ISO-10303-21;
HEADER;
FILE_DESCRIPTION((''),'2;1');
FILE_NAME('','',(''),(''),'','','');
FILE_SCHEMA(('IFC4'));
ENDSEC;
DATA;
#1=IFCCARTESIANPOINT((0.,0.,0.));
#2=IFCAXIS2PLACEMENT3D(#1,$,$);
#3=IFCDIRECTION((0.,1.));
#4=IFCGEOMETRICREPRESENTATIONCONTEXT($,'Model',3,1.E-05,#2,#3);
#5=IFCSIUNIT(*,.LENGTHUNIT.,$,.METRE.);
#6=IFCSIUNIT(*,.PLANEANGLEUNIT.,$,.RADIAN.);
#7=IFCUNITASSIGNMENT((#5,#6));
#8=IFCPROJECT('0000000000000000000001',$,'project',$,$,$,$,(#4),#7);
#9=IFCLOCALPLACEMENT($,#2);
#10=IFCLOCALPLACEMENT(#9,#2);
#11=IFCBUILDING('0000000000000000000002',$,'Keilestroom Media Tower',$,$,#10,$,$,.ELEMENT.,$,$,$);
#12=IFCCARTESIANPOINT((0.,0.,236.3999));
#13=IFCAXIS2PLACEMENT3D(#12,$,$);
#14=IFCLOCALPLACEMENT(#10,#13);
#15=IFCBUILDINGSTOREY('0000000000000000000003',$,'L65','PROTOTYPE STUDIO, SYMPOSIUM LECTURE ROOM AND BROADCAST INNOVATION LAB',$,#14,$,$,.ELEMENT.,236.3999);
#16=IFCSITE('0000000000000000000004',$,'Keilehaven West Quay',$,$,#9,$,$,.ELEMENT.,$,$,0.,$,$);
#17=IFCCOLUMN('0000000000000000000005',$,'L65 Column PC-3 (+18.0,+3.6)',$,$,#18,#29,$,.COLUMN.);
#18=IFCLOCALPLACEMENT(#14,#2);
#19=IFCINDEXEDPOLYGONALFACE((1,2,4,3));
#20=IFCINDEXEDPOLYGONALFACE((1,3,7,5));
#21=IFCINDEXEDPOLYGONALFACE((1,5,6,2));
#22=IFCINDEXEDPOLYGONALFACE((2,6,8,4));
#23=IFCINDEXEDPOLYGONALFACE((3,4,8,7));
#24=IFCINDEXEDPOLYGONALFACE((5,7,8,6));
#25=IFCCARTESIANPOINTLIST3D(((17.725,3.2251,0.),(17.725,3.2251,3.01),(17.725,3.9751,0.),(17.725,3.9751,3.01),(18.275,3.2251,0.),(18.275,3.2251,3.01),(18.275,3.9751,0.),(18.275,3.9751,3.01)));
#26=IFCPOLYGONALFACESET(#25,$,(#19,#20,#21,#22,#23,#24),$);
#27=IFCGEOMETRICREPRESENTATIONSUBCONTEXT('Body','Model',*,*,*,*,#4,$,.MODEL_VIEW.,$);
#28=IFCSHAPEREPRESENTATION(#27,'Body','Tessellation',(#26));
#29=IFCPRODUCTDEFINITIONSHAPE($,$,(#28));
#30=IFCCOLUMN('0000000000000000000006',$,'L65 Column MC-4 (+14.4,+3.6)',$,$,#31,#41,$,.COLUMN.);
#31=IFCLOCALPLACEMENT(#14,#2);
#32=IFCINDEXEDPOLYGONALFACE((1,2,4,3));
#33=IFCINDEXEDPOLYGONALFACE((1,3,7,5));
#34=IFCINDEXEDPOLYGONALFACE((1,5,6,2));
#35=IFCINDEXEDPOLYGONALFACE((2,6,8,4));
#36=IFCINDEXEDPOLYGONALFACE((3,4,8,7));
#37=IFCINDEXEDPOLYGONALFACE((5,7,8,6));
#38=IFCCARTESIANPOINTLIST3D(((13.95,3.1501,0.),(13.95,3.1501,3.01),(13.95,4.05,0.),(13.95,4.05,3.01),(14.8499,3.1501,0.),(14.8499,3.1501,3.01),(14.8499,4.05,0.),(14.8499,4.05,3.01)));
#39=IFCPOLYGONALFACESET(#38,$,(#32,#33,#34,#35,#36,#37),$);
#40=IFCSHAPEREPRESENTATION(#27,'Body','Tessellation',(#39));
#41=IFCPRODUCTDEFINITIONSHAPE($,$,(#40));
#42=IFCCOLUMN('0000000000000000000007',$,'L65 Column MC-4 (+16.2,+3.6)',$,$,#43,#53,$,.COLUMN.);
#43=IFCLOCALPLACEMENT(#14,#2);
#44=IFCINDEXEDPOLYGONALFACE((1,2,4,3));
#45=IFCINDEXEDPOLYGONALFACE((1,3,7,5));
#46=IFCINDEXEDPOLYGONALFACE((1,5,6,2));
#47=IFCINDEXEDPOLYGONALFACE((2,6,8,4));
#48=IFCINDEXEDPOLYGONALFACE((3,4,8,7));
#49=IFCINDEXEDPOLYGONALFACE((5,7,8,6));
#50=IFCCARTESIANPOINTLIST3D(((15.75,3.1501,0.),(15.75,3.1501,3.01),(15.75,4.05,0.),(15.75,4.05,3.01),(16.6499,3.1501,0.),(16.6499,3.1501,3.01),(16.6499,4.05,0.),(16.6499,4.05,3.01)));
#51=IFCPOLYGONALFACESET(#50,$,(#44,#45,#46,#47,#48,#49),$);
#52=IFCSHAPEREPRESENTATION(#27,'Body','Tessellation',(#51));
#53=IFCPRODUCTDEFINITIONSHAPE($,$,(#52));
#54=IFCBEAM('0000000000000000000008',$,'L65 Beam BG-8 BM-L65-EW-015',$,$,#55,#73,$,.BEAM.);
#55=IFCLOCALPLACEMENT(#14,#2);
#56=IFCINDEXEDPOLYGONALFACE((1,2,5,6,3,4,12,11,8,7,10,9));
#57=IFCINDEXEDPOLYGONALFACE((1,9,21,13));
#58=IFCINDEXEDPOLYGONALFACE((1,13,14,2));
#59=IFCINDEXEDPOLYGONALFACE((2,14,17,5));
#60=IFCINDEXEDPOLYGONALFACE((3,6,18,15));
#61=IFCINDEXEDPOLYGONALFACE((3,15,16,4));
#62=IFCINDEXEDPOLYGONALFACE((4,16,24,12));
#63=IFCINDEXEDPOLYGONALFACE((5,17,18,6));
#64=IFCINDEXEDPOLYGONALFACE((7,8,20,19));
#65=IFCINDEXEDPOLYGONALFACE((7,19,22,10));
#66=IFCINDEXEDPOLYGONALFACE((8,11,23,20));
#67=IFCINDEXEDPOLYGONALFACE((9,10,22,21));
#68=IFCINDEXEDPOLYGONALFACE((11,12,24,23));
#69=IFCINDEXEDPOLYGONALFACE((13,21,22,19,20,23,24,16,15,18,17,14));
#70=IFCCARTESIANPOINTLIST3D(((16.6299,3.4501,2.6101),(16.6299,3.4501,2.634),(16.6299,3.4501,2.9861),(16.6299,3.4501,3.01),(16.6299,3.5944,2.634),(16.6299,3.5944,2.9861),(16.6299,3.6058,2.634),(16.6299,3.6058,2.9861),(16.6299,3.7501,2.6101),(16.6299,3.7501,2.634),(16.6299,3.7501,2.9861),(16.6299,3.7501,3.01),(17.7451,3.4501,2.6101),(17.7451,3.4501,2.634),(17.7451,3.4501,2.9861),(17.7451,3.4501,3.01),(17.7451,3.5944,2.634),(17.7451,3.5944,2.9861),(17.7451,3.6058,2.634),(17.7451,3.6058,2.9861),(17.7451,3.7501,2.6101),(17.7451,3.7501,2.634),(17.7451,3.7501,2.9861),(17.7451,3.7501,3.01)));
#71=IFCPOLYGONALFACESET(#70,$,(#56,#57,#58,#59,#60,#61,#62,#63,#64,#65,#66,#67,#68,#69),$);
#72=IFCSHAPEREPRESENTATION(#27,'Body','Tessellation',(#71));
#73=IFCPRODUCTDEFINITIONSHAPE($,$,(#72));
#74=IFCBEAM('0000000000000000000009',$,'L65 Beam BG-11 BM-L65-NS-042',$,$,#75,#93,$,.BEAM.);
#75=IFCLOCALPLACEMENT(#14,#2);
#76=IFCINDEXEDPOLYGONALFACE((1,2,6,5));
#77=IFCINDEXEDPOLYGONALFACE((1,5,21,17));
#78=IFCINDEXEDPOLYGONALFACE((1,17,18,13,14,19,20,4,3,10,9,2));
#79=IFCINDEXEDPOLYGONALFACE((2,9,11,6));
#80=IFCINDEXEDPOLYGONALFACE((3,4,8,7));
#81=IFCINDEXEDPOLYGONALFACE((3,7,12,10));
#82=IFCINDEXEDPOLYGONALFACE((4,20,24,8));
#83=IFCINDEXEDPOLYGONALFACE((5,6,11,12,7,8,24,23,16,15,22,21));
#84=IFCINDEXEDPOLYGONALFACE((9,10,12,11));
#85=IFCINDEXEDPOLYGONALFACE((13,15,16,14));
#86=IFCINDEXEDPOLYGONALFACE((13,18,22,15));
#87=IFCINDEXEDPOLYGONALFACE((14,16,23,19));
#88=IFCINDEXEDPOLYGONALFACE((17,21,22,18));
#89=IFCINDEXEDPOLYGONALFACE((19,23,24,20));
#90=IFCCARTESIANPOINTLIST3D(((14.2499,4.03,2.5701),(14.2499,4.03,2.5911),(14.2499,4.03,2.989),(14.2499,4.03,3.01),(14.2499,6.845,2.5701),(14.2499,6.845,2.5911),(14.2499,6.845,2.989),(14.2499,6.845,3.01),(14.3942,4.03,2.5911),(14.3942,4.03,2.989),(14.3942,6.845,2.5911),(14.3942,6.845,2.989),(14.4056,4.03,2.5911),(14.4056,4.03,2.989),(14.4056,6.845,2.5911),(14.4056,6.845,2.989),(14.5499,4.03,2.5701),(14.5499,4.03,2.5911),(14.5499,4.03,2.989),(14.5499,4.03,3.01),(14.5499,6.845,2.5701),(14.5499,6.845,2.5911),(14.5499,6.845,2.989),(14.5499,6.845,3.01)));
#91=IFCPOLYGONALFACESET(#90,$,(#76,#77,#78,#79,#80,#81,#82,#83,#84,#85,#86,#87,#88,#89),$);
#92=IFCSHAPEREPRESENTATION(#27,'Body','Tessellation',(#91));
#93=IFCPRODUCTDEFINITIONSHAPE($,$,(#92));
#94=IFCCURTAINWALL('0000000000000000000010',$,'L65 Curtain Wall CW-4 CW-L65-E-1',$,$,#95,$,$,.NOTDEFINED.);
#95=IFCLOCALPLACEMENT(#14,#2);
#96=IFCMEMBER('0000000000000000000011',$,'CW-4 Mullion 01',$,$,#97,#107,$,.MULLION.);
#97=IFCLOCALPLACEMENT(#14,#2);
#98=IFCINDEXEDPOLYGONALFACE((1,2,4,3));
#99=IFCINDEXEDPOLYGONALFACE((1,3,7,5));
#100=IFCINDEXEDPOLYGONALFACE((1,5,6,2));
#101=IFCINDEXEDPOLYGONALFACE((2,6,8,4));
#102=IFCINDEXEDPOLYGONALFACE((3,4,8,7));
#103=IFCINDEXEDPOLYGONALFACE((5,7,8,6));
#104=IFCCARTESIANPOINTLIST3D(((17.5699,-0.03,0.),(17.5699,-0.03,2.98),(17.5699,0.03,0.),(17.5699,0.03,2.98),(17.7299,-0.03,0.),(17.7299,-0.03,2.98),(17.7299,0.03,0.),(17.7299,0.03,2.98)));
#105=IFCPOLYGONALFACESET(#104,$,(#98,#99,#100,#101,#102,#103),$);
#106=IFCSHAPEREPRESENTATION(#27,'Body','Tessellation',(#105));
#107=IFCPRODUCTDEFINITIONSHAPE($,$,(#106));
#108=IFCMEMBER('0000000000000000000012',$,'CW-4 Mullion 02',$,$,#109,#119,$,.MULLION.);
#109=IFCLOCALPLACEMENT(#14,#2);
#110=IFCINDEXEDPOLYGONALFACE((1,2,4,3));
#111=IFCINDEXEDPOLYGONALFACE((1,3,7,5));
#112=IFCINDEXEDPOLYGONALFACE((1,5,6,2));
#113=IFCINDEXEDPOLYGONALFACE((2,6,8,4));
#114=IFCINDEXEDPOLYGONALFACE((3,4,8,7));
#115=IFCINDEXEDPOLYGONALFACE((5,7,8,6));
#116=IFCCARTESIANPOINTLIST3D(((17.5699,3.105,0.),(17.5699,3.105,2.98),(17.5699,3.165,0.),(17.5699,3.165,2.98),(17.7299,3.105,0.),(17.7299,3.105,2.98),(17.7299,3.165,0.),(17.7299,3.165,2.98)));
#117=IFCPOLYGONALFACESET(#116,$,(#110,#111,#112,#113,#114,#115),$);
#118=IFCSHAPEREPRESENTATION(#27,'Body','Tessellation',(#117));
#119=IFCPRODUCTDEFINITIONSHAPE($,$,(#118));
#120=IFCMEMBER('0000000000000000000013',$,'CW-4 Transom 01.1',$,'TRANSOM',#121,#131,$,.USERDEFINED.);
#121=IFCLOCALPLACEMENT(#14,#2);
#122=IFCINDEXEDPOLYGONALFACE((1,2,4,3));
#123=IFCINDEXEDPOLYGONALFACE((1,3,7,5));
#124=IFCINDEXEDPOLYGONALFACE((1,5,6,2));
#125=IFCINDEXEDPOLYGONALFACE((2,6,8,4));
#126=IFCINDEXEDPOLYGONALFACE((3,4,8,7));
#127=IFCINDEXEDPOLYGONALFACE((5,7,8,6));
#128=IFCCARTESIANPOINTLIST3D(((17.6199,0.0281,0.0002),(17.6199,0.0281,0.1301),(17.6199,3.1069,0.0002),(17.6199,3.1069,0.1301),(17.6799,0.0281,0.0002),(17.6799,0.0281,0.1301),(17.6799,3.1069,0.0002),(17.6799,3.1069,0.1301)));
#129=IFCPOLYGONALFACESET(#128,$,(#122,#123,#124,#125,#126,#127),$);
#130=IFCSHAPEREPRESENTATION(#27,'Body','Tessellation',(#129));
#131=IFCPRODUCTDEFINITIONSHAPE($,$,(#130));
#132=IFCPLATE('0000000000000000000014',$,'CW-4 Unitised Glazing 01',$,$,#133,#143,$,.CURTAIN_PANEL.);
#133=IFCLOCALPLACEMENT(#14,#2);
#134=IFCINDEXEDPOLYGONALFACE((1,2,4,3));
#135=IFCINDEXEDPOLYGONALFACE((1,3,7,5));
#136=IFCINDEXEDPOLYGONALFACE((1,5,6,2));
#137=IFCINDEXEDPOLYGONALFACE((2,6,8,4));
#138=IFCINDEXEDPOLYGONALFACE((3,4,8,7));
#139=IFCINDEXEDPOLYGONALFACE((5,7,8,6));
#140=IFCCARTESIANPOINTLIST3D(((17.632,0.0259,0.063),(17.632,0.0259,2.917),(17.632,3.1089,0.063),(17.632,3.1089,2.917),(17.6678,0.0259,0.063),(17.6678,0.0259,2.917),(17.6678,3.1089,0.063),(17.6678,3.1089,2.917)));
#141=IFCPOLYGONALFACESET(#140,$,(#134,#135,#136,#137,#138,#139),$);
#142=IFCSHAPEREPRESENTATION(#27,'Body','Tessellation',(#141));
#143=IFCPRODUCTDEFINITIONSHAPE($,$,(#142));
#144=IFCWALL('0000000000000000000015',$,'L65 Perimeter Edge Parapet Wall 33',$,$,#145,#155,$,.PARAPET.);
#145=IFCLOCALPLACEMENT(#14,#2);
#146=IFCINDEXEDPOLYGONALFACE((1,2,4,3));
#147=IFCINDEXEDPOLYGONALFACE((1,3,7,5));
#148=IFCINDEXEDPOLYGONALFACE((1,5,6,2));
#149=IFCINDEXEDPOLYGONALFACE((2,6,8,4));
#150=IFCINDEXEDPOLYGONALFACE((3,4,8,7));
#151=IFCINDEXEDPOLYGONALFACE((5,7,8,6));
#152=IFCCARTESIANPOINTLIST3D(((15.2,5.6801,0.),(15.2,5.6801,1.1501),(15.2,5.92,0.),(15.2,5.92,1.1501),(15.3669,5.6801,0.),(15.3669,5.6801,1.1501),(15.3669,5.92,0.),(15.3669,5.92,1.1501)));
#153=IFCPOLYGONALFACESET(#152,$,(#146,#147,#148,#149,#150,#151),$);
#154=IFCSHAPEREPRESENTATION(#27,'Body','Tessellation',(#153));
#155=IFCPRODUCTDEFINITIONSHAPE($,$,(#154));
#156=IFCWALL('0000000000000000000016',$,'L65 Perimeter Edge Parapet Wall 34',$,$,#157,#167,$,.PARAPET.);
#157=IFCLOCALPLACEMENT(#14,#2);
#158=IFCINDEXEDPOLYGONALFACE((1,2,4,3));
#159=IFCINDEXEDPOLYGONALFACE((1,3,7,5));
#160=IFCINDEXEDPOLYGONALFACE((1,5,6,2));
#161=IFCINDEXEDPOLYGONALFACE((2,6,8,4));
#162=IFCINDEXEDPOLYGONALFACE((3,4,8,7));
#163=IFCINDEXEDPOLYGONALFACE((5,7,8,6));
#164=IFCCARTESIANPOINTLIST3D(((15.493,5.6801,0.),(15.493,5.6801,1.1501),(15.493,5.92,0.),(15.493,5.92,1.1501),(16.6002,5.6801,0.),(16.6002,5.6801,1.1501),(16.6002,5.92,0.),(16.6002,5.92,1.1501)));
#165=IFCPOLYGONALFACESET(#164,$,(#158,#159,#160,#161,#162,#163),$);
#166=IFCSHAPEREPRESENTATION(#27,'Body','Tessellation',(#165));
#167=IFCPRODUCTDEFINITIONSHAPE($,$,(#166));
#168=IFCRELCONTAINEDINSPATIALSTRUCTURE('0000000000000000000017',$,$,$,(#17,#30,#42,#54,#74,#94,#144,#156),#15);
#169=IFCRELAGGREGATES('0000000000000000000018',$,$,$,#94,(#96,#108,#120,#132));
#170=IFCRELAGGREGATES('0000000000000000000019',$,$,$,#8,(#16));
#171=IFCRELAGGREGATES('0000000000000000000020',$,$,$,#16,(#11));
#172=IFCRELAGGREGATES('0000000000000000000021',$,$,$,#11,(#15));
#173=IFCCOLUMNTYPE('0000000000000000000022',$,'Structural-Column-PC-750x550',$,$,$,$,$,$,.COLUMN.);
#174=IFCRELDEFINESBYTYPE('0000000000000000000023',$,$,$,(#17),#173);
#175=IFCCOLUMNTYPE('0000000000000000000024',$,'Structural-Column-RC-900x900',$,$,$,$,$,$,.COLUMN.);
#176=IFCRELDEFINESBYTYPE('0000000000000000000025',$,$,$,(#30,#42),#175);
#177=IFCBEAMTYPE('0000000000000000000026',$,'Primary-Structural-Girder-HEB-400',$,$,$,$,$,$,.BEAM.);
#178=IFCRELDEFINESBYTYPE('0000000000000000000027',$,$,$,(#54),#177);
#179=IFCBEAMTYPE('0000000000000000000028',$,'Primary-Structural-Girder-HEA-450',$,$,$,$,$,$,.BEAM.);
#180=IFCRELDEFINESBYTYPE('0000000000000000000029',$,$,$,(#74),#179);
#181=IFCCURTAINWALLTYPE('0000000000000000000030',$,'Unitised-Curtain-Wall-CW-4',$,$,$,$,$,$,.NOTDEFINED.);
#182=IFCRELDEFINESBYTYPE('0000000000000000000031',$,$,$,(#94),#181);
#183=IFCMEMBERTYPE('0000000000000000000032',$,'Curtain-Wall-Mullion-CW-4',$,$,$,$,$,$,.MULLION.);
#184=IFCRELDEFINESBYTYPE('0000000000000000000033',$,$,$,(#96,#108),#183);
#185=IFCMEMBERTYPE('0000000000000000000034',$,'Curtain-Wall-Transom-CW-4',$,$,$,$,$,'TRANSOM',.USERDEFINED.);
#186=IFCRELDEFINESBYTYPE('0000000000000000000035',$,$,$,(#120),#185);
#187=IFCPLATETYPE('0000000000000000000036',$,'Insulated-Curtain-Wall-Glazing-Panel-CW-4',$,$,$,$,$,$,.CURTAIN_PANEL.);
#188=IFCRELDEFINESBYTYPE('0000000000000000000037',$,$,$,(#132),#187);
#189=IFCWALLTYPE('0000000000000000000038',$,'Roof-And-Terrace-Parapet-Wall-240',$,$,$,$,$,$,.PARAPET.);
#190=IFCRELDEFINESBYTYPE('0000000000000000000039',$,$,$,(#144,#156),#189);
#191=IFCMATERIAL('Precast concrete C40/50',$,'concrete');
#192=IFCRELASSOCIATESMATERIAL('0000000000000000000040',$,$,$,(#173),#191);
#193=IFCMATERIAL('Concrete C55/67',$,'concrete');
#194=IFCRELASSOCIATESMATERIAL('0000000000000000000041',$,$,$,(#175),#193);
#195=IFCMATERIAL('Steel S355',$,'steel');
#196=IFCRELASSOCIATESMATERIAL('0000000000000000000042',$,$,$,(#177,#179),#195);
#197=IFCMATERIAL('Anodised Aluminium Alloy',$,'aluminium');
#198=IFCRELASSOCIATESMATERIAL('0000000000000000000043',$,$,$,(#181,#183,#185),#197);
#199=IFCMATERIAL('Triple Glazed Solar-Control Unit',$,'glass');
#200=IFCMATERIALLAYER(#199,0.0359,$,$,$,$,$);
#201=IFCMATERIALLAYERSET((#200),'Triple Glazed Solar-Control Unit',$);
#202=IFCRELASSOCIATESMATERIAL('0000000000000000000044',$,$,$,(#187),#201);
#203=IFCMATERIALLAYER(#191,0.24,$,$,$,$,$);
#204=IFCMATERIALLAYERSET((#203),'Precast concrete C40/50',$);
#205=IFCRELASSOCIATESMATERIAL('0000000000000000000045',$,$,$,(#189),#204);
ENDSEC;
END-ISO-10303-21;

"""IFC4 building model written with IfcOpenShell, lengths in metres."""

from ifc_helpers import new_model, si_unit, direction, frame, frame_2d, origin, origin_2d, place, context, subcontext, project, spatial, rectangle, i_section, extrude, source, transform, mapped, material, layer, layer_set, material_profile, profile_set, type_object, element, aggregate, save


model = new_model("IFC4")

# Units and contexts
model_context = context("Model", 3, precision=1e-05, world=origin(), true_north=direction((0.0, 1.0)))
body_context = subcontext(model_context, "Body", "Model", "MODEL_VIEW")
ifc_project = project(units=[si_unit("LENGTHUNIT", "METRE"), si_unit("PLANEANGLEUNIT", "RADIAN")], contexts=[model_context])

# Site, building, storey
site_placement = place(None, origin())
site = spatial("IfcSite", under=ifc_project, at=site_placement, Name="Keilehaven West Quay", CompositionType="ELEMENT", RefElevation=0.0)
building_placement = place(site_placement, origin())
building = spatial("IfcBuilding", under=site, at=building_placement, Name="Keilestroom Media Tower", CompositionType="ELEMENT")
storey_placement = place(building_placement, frame((0.0, 0.0, 236.3999)))
storey = spatial("IfcBuildingStorey", under=building, at=storey_placement, Name="L65", Description="PROTOTYPE STUDIO, SYMPOSIUM LECTURE ROOM AND BROADCAST INNOVATION LAB", CompositionType="ELEMENT", Elevation=236.3999)

# Columns
ifc_material_1 = material(Name="Precast concrete C40/50", Category="concrete")
ifc_material_profile_1 = material_profile(ifc_material_1, rectangle(XDim=0.55, YDim=0.75, at=origin_2d()), Name="PC 750x550")
ifc_profile_set_1 = profile_set([ifc_material_profile_1], Name="Precast concrete C40/50")
column_type_1 = type_object("IfcColumnType", Name="Structural-Column-PC-750x550", PredefinedType="COLUMN", material=ifc_profile_set_1)
shared_shape_1 = source(origin(), body_context, "Body", "SweptSolid", [
    extrude(rectangle(XDim=0.55, YDim=0.75, at=origin_2d()), origin(), (0.0, 0.0, 1.0), 3.01),
])
column_placement = place(storey_placement, frame((18.0, 3.6001, 0.0), z_axis=(0.0, 0.0, 1.0), x_axis=(1.0, 0.0, 0.0)))
element("IfcColumn", 1, at=column_placement, inside=storey, type_object=column_type_1, Name="L65 Column PC-3 (+18.0,+3.6)", PredefinedType="COLUMN", context=body_context, shape_type="MappedRepresentation", body=[
    mapped(shared_shape_1, transform((0.0, 0.0, 0.0), x_axis=(1.0, 0.0, 0.0), y_axis=(0.0, 1.0, 0.0), z_axis=(0.0, 0.0, 1.0), scale=1.0)),
])
ifc_material_2 = material(Name="Concrete C55/67", Category="concrete")
ifc_material_profile_2 = material_profile(ifc_material_2, rectangle(XDim=0.8999, YDim=0.8999, at=origin_2d()), Name="RC 900x900")
ifc_profile_set_2 = profile_set([ifc_material_profile_2], Name="Concrete C55/67")
column_type_2 = type_object("IfcColumnType", Name="Structural-Column-RC-900x900", PredefinedType="COLUMN", material=ifc_profile_set_2)
shared_shape_2 = source(origin(), body_context, "Body", "SweptSolid", [
    extrude(rectangle(XDim=0.8999, YDim=0.8999, at=origin_2d()), origin(), (0.0, 0.0, 1.0), 3.01),
])
for number, where, z_axis, x_axis, name in (
    (2, (14.3999, 3.6001, 0.0), (0.0, 0.0, 1.0), (1.0, 0.0, 0.0), "L65 Column MC-4 (+14.4,+3.6)"),
    (3, (16.2, 3.6001, 0.0), (0.0, 0.0, 1.0), (1.0, 0.0, 0.0), "L65 Column MC-4 (+16.2,+3.6)"),
):
    element("IfcColumn", number, at=place(storey_placement, frame(where, z_axis=z_axis, x_axis=x_axis)), inside=storey, type_object=column_type_2, Name=name, PredefinedType="COLUMN", context=body_context, shape_type="MappedRepresentation", body=[
        mapped(shared_shape_2, transform((0.0, 0.0, 0.0), x_axis=(1.0, 0.0, 0.0), y_axis=(0.0, 1.0, 0.0), z_axis=(0.0, 0.0, 1.0), scale=1.0)),
    ])

# Beams
ifc_material_3 = material(Name="Steel S355", Category="steel")
ifc_material_profile_3 = material_profile(ifc_material_3, i_section(OverallWidth=0.3, OverallDepth=0.3999, WebThickness=0.0115, FlangeThickness=0.0239, at=origin_2d()), Name="HEB 400")
ifc_profile_set_3 = profile_set([ifc_material_profile_3], Name="Steel S355")
beam_type_1 = type_object("IfcBeamType", Name="Primary-Structural-Girder-HEB-400", PredefinedType="BEAM", material=ifc_profile_set_3)
shared_shape_3 = source(origin(), body_context, "Body", "SweptSolid", [
    extrude(i_section(OverallWidth=0.3, OverallDepth=0.3999, WebThickness=0.0115, FlangeThickness=0.0239, at=origin_2d()), origin(), (0.0, 0.0, 1.0), 1.1152),
])
beam_1_placement = place(storey_placement, frame((16.6299, 3.6001, 2.8101), z_axis=(1.0, 0.0, 0.0), x_axis=(0.0, 1.0, 0.0)))
element("IfcBeam", 4, at=beam_1_placement, inside=storey, type_object=beam_type_1, Name="L65 Beam BG-8 BM-L65-EW-015", PredefinedType="BEAM", context=body_context, shape_type="MappedRepresentation", body=[
    mapped(shared_shape_3, transform((0.0, 0.0, 0.0), x_axis=(1.0, 0.0, 0.0), y_axis=(0.0, 1.0, 0.0), z_axis=(0.0, 0.0, 1.0), scale=1.0)),
])
ifc_material_profile_4 = material_profile(ifc_material_3, i_section(OverallWidth=0.3, OverallDepth=0.4399, WebThickness=0.0115, FlangeThickness=0.021, at=origin_2d()), Name="HEA 450")
ifc_profile_set_4 = profile_set([ifc_material_profile_4], Name="Steel S355")
beam_type_2 = type_object("IfcBeamType", Name="Primary-Structural-Girder-HEA-450", PredefinedType="BEAM", material=ifc_profile_set_4)
shared_shape_4 = source(origin(), body_context, "Body", "SweptSolid", [
    extrude(i_section(OverallWidth=0.3, OverallDepth=0.4399, WebThickness=0.0115, FlangeThickness=0.021, at=origin_2d()), origin(), (0.0, 0.0, 1.0), 2.8149),
])
beam_2_placement = place(storey_placement, frame((14.3999, 4.03, 2.79), z_axis=(0.0, 1.0, 0.0), x_axis=(-1.0, 0.0, 0.0)))
element("IfcBeam", 5, at=beam_2_placement, inside=storey, type_object=beam_type_2, Name="L65 Beam BG-11 BM-L65-NS-042", PredefinedType="BEAM", context=body_context, shape_type="MappedRepresentation", body=[
    mapped(shared_shape_4, transform((0.0, 0.0, 0.0), x_axis=(1.0, 0.0, 0.0), y_axis=(0.0, 1.0, 0.0), z_axis=(0.0, 0.0, 1.0), scale=1.0)),
])

# Curtain wall, members, plate
ifc_material_4 = material(Name="Anodised Aluminium Alloy", Category="aluminium")
curtain_wall_type = type_object("IfcCurtainWallType", Name="Unitised-Curtain-Wall-CW-4", PredefinedType="NOTDEFINED", material=ifc_material_4)
curtain_wall_placement = place(storey_placement, origin())
curtain_wall = element("IfcCurtainWall", 6, at=curtain_wall_placement, inside=storey, type_object=curtain_wall_type, Name="L65 Curtain Wall CW-4 CW-L65-E-1", PredefinedType="NOTDEFINED")
ifc_material_profile_5 = material_profile(ifc_material_4, rectangle(XDim=0.0601, YDim=0.1599, at=origin_2d()), Name="ALU MULLION 60x160")
ifc_profile_set_5 = profile_set([ifc_material_profile_5], Name="Anodised Aluminium Alloy")
member_type_1 = type_object("IfcMemberType", Name="Curtain-Wall-Mullion-CW-4", PredefinedType="MULLION", material=ifc_profile_set_5)
shared_shape_5 = source(origin(), body_context, "Body", "SweptSolid", [
    extrude(rectangle(XDim=0.0601, YDim=0.1599, at=origin_2d()), origin(), (0.0, 0.0, 1.0), 2.98),
])
member_1_placement = place(storey_placement, frame((17.6499, 0.0, 0.0), z_axis=(0.0, 0.0, 1.0), x_axis=(0.0, 1.0, 0.0)))
member_1 = element("IfcMember", 7, at=member_1_placement, type_object=member_type_1, Name="CW-4 Mullion 01", PredefinedType="MULLION", context=body_context, shape_type="MappedRepresentation", body=[
    mapped(shared_shape_5, transform((0.0, 0.0, 0.0), x_axis=(1.0, 0.0, 0.0), y_axis=(0.0, 1.0, 0.0), z_axis=(0.0, 0.0, 1.0), scale=1.0)),
])
member_2_placement = place(storey_placement, frame((17.6499, 3.135, 0.0), z_axis=(0.0, 0.0, 1.0), x_axis=(0.0, 1.0, 0.0)))
member_2 = element("IfcMember", 8, at=member_2_placement, type_object=member_type_1, Name="CW-4 Mullion 02", PredefinedType="MULLION", context=body_context, shape_type="MappedRepresentation", body=[
    mapped(shared_shape_5, transform((0.0, 0.0, 0.0), x_axis=(1.0, 0.0, 0.0), y_axis=(0.0, 1.0, 0.0), z_axis=(0.0, 0.0, 1.0), scale=1.0)),
])
ifc_material_profile_6 = material_profile(ifc_material_4, rectangle(XDim=0.0601, YDim=0.1299, at=origin_2d()), Name="ALU TRANSOM 60x130")
ifc_profile_set_6 = profile_set([ifc_material_profile_6], Name="Anodised Aluminium Alloy")
member_type_2 = type_object("IfcMemberType", Name="Curtain-Wall-Transom-CW-4", ElementType="TRANSOM", PredefinedType="USERDEFINED", material=ifc_profile_set_6)
shared_shape_6 = source(origin(), body_context, "Body", "SweptSolid", [
    extrude(rectangle(XDim=0.0601, YDim=0.1299, at=origin_2d()), origin(), (0.0, 0.0, 1.0), 3.0789),
])
member_3_placement = place(storey_placement, frame((17.6499, 0.0281, 0.0652), z_axis=(0.0, 1.0, 0.0), x_axis=(-1.0, 0.0, 0.0)))
member_3 = element("IfcMember", 9, at=member_3_placement, type_object=member_type_2, Name="CW-4 Transom 01.1", ObjectType="TRANSOM", PredefinedType="USERDEFINED", context=body_context, shape_type="MappedRepresentation", body=[
    mapped(shared_shape_6, transform((0.0, 0.0, 0.0), x_axis=(1.0, 0.0, 0.0), y_axis=(0.0, 1.0, 0.0), z_axis=(0.0, 0.0, 1.0), scale=1.0)),
])
ifc_material_5 = material(Name="Triple Glazed Solar-Control Unit", Category="glass")
ifc_layer_1 = layer(ifc_material_5, 0.0359)
ifc_layer_set_1 = layer_set([ifc_layer_1], Name="Triple Glazed Solar-Control Unit")
plate_type = type_object("IfcPlateType", Name="Insulated-Curtain-Wall-Glazing-Panel-CW-4", PredefinedType="CURTAIN_PANEL", material=ifc_layer_set_1)
shared_shape_7 = source(origin(), body_context, "Body", "SweptSolid", [
    extrude(rectangle(XDim=3.083, YDim=0.0359, at=origin_2d()), origin(), (0.0, 0.0, 1.0), 2.854),
])
plate_placement = place(storey_placement, frame((17.6499, 1.5674, 0.063), z_axis=(0.0, 0.0, 1.0), x_axis=(0.0, 1.0, 0.0)))
plate = element("IfcPlate", 10, at=plate_placement, type_object=plate_type, Name="CW-4 Unitised Glazing 01", PredefinedType="CURTAIN_PANEL", context=body_context, shape_type="MappedRepresentation", body=[
    mapped(shared_shape_7, transform((0.0, 0.0, 0.0), x_axis=(1.0, 0.0, 0.0), y_axis=(0.0, 1.0, 0.0), z_axis=(0.0, 0.0, 1.0), scale=1.0)),
])
aggregate(curtain_wall, [member_1, member_2, member_3, plate])

# Walls
ifc_layer_2 = layer(ifc_material_1, 0.24)
ifc_layer_set_2 = layer_set([ifc_layer_2], Name="Precast concrete C40/50")
wall_type = type_object("IfcWallType", Name="Roof-And-Terrace-Parapet-Wall-240", PredefinedType="PARAPET", material=ifc_layer_set_2)
wall_1_placement = place(storey_placement, frame((15.2, 5.8, 0.0), z_axis=(0.0, 0.0, 1.0), x_axis=(1.0, 0.0, 0.0)))
element("IfcWall", 11, at=wall_1_placement, inside=storey, type_object=wall_type, Name="L65 Perimeter Edge Parapet Wall 33", PredefinedType="PARAPET", context=body_context, shape_type="SweptSolid", body=[
    extrude(rectangle(XDim=0.167, YDim=0.24, at=frame_2d((0.0835, 0.0))), origin(), (0.0, 0.0, 1.0), 1.1501),
])
wall_2_placement = place(storey_placement, frame((15.4929, 5.8, 0.0), z_axis=(0.0, 0.0, 1.0), x_axis=(1.0, 0.0, 0.0)))
element("IfcWall", 12, at=wall_2_placement, inside=storey, type_object=wall_type, Name="L65 Perimeter Edge Parapet Wall 34", PredefinedType="PARAPET", context=body_context, shape_type="SweptSolid", body=[
    extrude(rectangle(XDim=1.1072, YDim=0.24, at=frame_2d((0.5537, 0.0))), origin(), (0.0, 0.0, 1.0), 1.1501),
])

save(model, "model.ifc")
